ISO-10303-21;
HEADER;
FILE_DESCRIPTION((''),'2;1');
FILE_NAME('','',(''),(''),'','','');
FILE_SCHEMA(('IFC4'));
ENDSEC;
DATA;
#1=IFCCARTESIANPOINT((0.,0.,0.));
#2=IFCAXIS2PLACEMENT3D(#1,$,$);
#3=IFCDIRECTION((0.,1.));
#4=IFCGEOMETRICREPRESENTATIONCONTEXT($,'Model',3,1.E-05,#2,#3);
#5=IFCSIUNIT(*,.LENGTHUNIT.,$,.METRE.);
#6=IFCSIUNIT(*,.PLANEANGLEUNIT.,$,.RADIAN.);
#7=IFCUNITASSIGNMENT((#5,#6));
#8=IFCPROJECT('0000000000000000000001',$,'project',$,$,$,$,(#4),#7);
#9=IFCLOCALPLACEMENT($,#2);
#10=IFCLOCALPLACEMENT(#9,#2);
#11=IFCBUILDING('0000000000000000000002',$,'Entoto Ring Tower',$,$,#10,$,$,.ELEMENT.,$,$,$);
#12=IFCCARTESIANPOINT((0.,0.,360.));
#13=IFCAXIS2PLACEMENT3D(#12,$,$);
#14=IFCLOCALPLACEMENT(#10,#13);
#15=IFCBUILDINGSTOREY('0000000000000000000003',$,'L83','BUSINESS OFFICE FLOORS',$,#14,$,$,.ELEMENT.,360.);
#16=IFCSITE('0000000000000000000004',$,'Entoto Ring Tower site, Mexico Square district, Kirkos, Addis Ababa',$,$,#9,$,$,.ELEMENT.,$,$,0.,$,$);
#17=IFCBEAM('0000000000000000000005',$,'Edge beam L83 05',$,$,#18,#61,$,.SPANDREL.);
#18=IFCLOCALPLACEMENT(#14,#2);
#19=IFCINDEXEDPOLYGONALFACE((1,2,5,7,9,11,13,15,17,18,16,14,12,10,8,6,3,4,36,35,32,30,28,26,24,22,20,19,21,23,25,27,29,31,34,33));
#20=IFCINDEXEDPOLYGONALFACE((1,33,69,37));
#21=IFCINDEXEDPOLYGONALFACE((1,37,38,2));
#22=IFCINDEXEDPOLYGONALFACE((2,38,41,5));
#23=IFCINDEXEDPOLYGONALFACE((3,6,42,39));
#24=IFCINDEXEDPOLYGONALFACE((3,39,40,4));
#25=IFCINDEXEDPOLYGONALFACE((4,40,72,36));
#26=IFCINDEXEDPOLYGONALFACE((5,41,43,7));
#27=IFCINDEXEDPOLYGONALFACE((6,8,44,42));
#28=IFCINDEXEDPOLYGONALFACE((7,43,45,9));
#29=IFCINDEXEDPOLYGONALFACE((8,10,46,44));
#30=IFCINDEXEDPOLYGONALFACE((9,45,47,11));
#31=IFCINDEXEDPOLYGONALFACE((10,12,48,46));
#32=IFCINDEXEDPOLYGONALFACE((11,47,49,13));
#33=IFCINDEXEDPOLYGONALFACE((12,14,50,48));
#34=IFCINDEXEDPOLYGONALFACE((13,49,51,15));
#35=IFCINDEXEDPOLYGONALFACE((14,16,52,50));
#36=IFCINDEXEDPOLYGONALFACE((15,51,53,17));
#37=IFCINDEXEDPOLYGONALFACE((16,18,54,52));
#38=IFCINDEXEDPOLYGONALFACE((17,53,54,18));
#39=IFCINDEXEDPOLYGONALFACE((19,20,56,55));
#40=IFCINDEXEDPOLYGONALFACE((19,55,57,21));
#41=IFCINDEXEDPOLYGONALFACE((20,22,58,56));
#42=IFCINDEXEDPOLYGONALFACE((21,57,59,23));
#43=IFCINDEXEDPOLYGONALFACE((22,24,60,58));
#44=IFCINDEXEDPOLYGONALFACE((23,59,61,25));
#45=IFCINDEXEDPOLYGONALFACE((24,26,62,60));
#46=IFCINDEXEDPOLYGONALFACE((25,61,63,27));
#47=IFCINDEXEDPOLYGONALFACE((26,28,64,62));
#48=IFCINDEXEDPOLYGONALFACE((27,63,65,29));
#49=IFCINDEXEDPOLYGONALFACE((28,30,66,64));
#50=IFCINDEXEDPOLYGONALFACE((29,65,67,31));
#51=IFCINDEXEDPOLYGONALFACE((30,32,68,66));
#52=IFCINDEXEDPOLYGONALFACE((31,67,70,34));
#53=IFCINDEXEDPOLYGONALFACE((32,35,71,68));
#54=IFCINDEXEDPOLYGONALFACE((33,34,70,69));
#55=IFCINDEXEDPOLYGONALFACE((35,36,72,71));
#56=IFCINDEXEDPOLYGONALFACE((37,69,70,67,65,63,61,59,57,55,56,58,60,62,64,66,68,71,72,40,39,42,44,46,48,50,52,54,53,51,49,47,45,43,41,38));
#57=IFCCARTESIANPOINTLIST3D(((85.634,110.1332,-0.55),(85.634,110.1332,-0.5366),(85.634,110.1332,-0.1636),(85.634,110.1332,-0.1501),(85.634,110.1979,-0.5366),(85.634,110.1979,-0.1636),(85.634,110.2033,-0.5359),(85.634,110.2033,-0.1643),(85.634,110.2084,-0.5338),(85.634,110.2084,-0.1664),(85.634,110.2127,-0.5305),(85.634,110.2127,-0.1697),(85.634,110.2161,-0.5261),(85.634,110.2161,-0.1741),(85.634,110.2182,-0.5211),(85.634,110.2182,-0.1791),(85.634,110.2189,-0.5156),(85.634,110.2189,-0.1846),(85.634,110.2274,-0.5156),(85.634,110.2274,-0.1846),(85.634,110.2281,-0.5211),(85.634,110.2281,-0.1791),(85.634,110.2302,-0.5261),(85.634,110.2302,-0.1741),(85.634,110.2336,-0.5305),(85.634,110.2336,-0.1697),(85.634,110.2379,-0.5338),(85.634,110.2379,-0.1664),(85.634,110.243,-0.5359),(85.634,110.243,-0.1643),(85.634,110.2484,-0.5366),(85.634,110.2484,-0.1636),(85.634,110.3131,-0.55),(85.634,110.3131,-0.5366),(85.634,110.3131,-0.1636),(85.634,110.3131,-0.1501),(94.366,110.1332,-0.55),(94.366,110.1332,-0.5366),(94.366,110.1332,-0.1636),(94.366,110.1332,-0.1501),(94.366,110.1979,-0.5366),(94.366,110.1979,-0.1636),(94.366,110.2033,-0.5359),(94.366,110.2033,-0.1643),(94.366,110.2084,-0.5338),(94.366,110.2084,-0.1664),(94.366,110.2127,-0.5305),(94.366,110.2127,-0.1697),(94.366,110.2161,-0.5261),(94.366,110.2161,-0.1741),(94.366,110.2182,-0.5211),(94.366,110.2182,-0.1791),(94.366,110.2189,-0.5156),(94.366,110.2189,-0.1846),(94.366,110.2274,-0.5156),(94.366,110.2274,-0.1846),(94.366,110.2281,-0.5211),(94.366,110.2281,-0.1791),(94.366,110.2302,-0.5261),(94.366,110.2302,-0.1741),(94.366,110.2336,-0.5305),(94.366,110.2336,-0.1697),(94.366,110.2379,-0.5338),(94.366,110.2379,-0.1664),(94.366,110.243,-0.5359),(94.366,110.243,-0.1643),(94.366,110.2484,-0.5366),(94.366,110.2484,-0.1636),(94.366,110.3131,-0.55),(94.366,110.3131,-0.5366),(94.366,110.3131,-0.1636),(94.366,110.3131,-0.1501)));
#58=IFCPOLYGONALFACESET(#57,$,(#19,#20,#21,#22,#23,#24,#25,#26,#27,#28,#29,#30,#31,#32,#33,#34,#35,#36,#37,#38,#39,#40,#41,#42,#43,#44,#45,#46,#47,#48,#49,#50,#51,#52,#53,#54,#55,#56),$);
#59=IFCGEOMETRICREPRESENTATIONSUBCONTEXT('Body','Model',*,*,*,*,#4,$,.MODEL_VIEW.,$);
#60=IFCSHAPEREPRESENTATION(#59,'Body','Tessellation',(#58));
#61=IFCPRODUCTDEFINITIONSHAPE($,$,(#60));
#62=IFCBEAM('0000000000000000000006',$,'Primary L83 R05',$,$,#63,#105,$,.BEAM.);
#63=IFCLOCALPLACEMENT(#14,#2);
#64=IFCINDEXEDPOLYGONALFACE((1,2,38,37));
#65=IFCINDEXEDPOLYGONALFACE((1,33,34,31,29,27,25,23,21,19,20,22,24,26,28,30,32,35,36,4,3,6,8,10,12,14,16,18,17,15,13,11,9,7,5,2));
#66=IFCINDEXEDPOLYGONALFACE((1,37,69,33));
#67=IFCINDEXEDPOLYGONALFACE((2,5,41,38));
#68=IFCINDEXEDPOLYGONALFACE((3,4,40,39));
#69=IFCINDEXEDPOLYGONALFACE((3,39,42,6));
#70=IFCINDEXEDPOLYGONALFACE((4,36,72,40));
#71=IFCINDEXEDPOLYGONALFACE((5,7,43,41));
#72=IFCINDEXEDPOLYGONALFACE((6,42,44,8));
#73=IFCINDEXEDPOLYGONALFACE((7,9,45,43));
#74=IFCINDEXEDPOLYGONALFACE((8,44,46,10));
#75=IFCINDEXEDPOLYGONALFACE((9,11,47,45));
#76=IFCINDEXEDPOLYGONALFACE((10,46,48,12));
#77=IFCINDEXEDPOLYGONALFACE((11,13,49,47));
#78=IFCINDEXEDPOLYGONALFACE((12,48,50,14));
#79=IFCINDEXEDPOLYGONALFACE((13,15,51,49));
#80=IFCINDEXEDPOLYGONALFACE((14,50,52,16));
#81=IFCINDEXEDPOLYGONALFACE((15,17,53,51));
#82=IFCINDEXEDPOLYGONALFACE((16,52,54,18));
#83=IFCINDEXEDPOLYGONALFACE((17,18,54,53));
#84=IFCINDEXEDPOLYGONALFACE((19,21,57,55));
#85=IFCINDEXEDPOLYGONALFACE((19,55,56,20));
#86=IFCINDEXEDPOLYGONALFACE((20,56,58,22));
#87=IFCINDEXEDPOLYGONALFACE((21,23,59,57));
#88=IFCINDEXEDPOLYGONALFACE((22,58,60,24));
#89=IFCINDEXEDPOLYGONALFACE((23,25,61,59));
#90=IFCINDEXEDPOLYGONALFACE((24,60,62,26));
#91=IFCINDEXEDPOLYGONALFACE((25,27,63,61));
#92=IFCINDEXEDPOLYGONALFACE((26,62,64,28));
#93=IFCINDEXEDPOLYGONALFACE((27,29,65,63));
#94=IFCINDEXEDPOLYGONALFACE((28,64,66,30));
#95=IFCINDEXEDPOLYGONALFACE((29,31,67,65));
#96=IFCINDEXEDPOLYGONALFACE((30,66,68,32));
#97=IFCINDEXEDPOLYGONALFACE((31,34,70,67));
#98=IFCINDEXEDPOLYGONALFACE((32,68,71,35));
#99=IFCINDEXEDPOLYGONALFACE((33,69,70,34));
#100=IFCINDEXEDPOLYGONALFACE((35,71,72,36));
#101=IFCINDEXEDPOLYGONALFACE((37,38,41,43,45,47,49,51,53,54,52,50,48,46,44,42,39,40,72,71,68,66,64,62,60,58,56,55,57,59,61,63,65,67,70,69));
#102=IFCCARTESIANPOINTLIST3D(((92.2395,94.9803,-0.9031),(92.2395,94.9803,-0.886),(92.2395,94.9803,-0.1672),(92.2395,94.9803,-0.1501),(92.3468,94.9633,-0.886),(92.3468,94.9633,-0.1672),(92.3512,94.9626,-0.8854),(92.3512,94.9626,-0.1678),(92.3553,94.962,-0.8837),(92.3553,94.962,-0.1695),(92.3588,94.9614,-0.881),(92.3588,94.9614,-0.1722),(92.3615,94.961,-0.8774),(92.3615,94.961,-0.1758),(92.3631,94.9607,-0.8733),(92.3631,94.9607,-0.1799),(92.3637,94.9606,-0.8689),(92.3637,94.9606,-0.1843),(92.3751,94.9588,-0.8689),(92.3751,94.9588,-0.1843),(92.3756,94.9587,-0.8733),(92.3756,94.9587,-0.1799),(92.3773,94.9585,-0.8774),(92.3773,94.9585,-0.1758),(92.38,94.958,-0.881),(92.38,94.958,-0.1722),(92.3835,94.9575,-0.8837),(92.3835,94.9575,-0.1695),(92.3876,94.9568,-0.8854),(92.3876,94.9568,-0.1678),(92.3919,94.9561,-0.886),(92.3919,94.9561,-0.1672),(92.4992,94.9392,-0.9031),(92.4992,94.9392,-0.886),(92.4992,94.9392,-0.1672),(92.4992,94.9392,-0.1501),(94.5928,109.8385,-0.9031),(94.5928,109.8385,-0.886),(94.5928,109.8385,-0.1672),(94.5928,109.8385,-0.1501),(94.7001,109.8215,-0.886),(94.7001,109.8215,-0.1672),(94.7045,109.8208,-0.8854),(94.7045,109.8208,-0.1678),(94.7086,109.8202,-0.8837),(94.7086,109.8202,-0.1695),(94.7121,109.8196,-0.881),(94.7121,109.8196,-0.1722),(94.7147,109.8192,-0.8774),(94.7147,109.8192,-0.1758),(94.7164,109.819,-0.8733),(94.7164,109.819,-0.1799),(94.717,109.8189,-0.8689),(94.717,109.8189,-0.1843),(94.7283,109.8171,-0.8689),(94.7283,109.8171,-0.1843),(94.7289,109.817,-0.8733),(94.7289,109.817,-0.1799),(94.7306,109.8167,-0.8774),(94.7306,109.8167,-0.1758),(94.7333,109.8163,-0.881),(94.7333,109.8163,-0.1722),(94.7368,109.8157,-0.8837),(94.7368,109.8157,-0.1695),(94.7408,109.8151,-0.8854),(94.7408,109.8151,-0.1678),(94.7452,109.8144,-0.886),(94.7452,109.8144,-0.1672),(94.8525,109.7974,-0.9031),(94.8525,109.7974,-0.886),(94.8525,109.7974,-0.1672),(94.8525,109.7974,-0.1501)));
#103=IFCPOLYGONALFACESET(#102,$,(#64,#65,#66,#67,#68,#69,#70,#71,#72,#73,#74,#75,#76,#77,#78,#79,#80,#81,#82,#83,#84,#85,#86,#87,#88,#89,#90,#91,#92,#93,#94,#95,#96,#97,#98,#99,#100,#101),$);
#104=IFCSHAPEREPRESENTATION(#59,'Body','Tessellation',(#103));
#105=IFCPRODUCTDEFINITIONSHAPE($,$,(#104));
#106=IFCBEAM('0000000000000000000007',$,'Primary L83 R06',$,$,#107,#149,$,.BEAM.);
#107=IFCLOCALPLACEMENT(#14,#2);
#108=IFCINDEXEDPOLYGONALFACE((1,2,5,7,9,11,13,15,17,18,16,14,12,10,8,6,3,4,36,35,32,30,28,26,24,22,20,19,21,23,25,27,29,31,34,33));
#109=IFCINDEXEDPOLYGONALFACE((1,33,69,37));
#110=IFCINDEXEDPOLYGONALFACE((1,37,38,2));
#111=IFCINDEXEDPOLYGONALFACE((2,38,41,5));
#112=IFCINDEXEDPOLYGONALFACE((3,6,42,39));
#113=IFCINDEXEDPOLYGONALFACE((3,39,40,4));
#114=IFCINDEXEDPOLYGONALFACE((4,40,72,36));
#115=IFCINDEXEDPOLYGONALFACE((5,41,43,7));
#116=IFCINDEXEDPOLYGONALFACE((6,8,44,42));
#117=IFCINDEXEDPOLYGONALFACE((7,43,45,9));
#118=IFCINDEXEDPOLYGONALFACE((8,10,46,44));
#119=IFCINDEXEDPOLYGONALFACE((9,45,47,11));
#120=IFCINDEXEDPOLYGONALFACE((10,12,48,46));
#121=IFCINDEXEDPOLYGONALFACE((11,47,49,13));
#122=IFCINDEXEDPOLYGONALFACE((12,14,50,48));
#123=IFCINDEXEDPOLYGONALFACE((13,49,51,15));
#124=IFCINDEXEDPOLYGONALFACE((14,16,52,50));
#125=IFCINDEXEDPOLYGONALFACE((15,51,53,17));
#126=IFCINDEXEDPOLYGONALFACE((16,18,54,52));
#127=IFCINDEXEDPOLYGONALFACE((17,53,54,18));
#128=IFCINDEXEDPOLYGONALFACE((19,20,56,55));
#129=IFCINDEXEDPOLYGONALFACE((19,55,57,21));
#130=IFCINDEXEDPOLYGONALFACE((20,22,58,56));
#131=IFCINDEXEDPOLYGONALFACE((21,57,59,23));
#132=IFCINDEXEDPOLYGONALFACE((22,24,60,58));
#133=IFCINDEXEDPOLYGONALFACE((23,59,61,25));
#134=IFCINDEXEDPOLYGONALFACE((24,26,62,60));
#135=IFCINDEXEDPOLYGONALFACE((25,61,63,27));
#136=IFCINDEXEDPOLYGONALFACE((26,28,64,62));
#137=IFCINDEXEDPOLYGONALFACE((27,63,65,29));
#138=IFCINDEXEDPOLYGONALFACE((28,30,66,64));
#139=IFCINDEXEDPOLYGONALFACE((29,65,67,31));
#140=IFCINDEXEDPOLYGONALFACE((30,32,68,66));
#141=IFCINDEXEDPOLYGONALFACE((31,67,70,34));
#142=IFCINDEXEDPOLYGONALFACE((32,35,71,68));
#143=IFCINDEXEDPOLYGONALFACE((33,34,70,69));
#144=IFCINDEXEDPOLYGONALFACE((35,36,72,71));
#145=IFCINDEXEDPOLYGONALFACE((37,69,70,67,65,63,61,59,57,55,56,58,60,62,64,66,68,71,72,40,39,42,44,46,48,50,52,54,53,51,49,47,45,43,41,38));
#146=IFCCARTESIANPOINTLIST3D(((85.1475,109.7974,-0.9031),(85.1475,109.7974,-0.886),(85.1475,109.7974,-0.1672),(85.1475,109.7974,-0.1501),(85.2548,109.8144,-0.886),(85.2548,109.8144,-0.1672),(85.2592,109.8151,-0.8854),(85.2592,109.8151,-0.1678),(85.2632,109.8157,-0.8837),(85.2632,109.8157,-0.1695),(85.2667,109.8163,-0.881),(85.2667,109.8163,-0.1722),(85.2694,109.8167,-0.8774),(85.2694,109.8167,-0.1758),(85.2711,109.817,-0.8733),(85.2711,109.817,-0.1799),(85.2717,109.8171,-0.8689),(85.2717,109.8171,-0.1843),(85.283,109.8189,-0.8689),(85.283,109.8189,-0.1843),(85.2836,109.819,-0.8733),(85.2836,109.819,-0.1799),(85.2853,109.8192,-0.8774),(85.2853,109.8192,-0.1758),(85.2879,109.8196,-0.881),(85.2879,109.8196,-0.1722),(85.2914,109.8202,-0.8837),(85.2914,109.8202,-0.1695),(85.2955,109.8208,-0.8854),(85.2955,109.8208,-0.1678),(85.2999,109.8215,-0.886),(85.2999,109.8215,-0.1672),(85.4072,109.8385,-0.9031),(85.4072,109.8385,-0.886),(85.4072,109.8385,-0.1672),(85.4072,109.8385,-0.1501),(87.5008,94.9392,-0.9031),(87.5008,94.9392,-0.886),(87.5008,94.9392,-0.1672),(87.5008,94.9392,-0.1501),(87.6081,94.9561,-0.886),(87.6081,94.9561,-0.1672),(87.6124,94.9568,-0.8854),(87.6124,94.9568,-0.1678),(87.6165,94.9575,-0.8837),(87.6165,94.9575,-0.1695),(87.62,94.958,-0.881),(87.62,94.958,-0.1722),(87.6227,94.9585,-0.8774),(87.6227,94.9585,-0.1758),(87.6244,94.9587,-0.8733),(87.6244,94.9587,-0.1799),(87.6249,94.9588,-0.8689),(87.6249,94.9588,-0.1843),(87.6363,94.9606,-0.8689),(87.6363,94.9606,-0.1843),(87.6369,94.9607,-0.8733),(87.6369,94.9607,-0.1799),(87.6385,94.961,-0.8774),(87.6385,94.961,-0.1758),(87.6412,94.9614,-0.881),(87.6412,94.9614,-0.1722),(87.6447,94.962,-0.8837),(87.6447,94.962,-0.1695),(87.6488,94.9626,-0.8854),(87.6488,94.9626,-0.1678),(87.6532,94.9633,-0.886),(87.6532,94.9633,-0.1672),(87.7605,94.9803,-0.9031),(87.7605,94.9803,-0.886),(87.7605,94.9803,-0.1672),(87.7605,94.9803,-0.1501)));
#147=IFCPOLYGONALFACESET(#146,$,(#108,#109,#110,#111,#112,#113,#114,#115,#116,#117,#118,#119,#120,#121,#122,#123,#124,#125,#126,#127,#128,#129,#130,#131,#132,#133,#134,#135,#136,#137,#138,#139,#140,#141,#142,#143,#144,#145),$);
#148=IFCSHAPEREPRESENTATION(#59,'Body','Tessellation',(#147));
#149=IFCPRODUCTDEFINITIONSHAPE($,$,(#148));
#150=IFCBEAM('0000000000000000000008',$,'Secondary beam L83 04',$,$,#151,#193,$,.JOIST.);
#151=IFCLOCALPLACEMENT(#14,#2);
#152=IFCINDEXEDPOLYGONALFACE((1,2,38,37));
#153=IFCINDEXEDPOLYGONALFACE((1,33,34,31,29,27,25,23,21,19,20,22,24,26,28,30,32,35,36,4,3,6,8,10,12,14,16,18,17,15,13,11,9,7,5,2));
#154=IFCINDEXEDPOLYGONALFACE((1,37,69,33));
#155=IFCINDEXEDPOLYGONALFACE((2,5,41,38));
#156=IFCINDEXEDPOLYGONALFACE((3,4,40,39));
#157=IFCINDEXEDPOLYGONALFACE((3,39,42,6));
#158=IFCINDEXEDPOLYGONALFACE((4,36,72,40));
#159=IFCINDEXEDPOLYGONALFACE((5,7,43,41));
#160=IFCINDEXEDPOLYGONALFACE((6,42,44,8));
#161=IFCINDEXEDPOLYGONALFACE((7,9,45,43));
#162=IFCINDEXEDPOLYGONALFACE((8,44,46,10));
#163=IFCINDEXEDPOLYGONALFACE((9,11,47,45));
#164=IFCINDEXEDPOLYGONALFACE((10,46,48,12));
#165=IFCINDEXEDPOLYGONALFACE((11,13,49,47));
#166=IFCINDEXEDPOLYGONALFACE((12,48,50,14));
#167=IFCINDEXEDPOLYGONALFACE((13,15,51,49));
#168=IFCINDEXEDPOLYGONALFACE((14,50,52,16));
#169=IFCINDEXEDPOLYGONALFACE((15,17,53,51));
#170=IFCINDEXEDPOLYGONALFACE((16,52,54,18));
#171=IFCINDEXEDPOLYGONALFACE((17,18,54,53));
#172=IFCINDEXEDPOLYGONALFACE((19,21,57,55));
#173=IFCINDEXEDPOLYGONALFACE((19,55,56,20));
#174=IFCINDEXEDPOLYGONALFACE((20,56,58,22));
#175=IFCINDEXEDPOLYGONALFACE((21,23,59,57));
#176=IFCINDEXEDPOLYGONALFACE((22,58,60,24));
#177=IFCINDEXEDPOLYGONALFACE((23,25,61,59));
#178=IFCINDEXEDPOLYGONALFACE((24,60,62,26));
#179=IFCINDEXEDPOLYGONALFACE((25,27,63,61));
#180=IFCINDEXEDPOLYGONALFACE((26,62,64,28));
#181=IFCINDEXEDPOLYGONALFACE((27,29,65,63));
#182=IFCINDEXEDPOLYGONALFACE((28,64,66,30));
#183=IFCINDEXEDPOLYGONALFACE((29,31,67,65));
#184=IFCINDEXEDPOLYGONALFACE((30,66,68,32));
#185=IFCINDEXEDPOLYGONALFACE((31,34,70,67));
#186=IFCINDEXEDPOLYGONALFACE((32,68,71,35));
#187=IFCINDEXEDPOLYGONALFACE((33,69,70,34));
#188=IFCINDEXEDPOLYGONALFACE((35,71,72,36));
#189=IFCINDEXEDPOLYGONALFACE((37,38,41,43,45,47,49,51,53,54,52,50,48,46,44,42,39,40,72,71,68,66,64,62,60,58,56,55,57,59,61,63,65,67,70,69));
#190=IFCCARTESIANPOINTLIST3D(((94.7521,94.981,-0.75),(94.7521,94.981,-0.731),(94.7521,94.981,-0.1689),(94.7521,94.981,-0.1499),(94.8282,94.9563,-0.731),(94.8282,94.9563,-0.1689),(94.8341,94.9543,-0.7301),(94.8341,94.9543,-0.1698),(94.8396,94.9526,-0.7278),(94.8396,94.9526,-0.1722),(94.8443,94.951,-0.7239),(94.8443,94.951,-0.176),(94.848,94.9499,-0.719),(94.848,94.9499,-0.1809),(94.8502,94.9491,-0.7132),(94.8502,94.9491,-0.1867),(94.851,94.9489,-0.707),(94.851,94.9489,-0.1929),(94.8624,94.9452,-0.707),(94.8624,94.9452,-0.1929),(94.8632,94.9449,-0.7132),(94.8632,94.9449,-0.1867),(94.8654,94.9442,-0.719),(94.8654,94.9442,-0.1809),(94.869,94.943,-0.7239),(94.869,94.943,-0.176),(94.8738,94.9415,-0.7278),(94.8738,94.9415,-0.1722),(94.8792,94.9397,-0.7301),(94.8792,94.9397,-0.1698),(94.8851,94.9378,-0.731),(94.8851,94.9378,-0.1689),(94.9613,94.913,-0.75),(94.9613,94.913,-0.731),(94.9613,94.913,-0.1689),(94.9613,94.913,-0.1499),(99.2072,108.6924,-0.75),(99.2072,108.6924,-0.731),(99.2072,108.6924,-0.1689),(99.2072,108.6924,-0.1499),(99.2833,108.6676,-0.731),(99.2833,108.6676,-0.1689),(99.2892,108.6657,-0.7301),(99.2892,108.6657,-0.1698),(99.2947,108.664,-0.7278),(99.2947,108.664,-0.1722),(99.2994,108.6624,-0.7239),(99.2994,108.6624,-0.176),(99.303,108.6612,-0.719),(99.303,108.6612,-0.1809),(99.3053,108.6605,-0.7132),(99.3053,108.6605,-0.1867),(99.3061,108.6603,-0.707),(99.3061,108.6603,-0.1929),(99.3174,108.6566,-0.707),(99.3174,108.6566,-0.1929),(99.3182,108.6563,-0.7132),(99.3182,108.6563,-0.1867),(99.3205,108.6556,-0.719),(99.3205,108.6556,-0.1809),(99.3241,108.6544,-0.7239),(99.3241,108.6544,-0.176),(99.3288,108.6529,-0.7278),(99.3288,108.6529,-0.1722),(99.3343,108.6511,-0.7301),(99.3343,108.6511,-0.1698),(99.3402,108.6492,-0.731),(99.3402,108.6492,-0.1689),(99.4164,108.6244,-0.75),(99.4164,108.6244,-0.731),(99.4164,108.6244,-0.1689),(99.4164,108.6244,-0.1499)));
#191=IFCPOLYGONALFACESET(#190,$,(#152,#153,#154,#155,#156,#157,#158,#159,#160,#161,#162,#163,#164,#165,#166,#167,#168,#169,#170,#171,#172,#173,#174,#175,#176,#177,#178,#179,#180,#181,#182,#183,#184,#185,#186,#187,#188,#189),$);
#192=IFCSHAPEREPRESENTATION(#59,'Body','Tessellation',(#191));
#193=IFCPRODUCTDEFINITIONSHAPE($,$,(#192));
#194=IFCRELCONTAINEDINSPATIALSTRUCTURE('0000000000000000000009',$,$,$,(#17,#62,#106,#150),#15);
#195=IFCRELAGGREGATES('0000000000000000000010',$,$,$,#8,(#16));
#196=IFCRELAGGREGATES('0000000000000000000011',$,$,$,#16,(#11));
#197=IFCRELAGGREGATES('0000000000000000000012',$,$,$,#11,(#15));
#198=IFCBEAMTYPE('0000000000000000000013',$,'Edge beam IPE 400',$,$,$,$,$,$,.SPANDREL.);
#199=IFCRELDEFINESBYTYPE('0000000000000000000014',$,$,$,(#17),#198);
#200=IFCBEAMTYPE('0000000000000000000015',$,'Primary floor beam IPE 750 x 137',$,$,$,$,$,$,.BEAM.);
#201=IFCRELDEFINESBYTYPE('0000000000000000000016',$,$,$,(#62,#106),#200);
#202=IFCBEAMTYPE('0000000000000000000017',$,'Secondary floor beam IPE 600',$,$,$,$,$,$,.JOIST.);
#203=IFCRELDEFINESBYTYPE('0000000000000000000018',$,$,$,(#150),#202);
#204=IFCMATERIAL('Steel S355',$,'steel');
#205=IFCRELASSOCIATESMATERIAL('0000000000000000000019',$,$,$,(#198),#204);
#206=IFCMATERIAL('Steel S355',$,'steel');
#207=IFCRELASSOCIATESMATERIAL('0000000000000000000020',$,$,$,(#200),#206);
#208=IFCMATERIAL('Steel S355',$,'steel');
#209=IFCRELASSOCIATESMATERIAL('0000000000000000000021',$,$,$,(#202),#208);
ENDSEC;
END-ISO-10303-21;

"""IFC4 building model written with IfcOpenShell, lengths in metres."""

from ifc_helpers import new_model, si_unit, direction, frame, origin, origin_2d, place, context, subcontext, project, spatial, i_section, extrude, material, material_profile, profile_set, type_object, element, save


model = new_model("IFC4")

# Units and contexts
model_context = context("Model", 3, precision=1e-05, world=origin(), true_north=direction((0.0, 1.0)))
body_context = subcontext(model_context, "Body", "Model", "MODEL_VIEW")
ifc_project = project(units=[si_unit("LENGTHUNIT", "METRE"), si_unit("PLANEANGLEUNIT", "RADIAN")], contexts=[model_context])

# Site, building, storey
site_placement = place(None, origin())
site = spatial("IfcSite", under=ifc_project, at=site_placement, Name="Entoto Ring Tower site, Mexico Square district, Kirkos, Addis Ababa", CompositionType="ELEMENT", RefElevation=0.0)
building_placement = place(site_placement, origin())
building = spatial("IfcBuilding", under=site, at=building_placement, Name="Entoto Ring Tower", CompositionType="ELEMENT")
storey_placement = place(building_placement, frame((0.0, 0.0, 360.0)))
storey = spatial("IfcBuildingStorey", under=building, at=storey_placement, Name="L83", Description="BUSINESS OFFICE FLOORS", CompositionType="ELEMENT", Elevation=360.0)

# Beams
ifc_material_1 = material(Name="Steel S355", Category="steel")
ifc_material_profile_1 = material_profile(ifc_material_1, i_section(OverallWidth=0.1799, OverallDepth=0.3999, WebThickness=0.0085, FlangeThickness=0.0134, FilletRadius=0.021, at=origin_2d()), Name="IPE 400")
ifc_profile_set_1 = profile_set([ifc_material_profile_1], Name="Steel S355")
beam_type_1 = type_object("IfcBeamType", Name="Edge beam IPE 400", PredefinedType="SPANDREL", material=ifc_profile_set_1)
beam_1_placement = place(storey_placement, frame((94.366, 110.2231, -0.3501), z_axis=(-1.0, 0.0, 0.0), x_axis=(0.0, -1.0, 0.0)))
element("IfcBeam", 1, at=beam_1_placement, inside=storey, type_object=beam_type_1, Name="Edge beam L83 05", PredefinedType="SPANDREL", context=body_context, shape_type="SweptSolid", body=[
    extrude(i_section(OverallWidth=0.1799, OverallDepth=0.3999, WebThickness=0.0085, FlangeThickness=0.0134, FilletRadius=0.021, at=origin_2d()), origin(), (0.0, 0.0, 1.0), 8.7319),
])
ifc_material_2 = material(Name="Steel S355", Category="steel")
ifc_material_profile_2 = material_profile(ifc_material_2, i_section(OverallWidth=0.2629, OverallDepth=0.7529, WebThickness=0.0115, FlangeThickness=0.0171, FilletRadius=0.0171, at=origin_2d()), Name="IPE 750 x 137")
ifc_profile_set_2 = profile_set([ifc_material_profile_2], Name="Steel S355")
beam_type_2 = type_object("IfcBeamType", Name="Primary floor beam IPE 750 x 137", PredefinedType="BEAM", material=ifc_profile_set_2)
for number, where, z_axis, x_axis, name in (
    (2, (92.3694, 94.9597, -0.5266), (0.156433, 0.987689, 0.0), (-0.987689, 0.156433, 0.0), "Primary L83 R05"),
    (3, (87.6306, 94.9597, -0.5266), (-0.156433, 0.987689, 0.0), (-0.987689, -0.156433, 0.0), "Primary L83 R06"),
):
    element("IfcBeam", number, at=place(storey_placement, frame(where, z_axis=z_axis, x_axis=x_axis)), inside=storey, type_object=beam_type_2, Name=name, PredefinedType="BEAM", context=body_context, shape_type="SweptSolid", body=[
        extrude(i_section(OverallWidth=0.2629, OverallDepth=0.7529, WebThickness=0.0115, FlangeThickness=0.0171, FilletRadius=0.0171, at=origin_2d()), origin(), (0.0, 0.0, 1.0), 15.0435),
    ])
ifc_material_3 = material(Name="Steel S355", Category="steel")
ifc_material_profile_3 = material_profile(ifc_material_3, i_section(OverallWidth=0.22, OverallDepth=0.6001, WebThickness=0.012, FlangeThickness=0.019, FilletRadius=0.0239, at=origin_2d()), Name="IPE 600")
ifc_profile_set_3 = profile_set([ifc_material_profile_3], Name="Steel S355")
beam_type_3 = type_object("IfcBeamType", Name="Secondary floor beam IPE 600", PredefinedType="JOIST", material=ifc_profile_set_3)
beam_2_placement = place(storey_placement, frame((94.8567, 94.947, -0.45), z_axis=(0.309015, 0.951057, 0.0), x_axis=(-0.951057, 0.309015, 0.0)))
element("IfcBeam", 4, at=beam_2_placement, inside=storey, type_object=beam_type_3, Name="Secondary beam L83 04", PredefinedType="JOIST", context=body_context, shape_type="SweptSolid", body=[
    extrude(i_section(OverallWidth=0.22, OverallDepth=0.6001, WebThickness=0.012, FlangeThickness=0.019, FilletRadius=0.0239, at=origin_2d()), origin(), (0.0, 0.0, 1.0), 14.417),
])

save(model, "model.ifc")
